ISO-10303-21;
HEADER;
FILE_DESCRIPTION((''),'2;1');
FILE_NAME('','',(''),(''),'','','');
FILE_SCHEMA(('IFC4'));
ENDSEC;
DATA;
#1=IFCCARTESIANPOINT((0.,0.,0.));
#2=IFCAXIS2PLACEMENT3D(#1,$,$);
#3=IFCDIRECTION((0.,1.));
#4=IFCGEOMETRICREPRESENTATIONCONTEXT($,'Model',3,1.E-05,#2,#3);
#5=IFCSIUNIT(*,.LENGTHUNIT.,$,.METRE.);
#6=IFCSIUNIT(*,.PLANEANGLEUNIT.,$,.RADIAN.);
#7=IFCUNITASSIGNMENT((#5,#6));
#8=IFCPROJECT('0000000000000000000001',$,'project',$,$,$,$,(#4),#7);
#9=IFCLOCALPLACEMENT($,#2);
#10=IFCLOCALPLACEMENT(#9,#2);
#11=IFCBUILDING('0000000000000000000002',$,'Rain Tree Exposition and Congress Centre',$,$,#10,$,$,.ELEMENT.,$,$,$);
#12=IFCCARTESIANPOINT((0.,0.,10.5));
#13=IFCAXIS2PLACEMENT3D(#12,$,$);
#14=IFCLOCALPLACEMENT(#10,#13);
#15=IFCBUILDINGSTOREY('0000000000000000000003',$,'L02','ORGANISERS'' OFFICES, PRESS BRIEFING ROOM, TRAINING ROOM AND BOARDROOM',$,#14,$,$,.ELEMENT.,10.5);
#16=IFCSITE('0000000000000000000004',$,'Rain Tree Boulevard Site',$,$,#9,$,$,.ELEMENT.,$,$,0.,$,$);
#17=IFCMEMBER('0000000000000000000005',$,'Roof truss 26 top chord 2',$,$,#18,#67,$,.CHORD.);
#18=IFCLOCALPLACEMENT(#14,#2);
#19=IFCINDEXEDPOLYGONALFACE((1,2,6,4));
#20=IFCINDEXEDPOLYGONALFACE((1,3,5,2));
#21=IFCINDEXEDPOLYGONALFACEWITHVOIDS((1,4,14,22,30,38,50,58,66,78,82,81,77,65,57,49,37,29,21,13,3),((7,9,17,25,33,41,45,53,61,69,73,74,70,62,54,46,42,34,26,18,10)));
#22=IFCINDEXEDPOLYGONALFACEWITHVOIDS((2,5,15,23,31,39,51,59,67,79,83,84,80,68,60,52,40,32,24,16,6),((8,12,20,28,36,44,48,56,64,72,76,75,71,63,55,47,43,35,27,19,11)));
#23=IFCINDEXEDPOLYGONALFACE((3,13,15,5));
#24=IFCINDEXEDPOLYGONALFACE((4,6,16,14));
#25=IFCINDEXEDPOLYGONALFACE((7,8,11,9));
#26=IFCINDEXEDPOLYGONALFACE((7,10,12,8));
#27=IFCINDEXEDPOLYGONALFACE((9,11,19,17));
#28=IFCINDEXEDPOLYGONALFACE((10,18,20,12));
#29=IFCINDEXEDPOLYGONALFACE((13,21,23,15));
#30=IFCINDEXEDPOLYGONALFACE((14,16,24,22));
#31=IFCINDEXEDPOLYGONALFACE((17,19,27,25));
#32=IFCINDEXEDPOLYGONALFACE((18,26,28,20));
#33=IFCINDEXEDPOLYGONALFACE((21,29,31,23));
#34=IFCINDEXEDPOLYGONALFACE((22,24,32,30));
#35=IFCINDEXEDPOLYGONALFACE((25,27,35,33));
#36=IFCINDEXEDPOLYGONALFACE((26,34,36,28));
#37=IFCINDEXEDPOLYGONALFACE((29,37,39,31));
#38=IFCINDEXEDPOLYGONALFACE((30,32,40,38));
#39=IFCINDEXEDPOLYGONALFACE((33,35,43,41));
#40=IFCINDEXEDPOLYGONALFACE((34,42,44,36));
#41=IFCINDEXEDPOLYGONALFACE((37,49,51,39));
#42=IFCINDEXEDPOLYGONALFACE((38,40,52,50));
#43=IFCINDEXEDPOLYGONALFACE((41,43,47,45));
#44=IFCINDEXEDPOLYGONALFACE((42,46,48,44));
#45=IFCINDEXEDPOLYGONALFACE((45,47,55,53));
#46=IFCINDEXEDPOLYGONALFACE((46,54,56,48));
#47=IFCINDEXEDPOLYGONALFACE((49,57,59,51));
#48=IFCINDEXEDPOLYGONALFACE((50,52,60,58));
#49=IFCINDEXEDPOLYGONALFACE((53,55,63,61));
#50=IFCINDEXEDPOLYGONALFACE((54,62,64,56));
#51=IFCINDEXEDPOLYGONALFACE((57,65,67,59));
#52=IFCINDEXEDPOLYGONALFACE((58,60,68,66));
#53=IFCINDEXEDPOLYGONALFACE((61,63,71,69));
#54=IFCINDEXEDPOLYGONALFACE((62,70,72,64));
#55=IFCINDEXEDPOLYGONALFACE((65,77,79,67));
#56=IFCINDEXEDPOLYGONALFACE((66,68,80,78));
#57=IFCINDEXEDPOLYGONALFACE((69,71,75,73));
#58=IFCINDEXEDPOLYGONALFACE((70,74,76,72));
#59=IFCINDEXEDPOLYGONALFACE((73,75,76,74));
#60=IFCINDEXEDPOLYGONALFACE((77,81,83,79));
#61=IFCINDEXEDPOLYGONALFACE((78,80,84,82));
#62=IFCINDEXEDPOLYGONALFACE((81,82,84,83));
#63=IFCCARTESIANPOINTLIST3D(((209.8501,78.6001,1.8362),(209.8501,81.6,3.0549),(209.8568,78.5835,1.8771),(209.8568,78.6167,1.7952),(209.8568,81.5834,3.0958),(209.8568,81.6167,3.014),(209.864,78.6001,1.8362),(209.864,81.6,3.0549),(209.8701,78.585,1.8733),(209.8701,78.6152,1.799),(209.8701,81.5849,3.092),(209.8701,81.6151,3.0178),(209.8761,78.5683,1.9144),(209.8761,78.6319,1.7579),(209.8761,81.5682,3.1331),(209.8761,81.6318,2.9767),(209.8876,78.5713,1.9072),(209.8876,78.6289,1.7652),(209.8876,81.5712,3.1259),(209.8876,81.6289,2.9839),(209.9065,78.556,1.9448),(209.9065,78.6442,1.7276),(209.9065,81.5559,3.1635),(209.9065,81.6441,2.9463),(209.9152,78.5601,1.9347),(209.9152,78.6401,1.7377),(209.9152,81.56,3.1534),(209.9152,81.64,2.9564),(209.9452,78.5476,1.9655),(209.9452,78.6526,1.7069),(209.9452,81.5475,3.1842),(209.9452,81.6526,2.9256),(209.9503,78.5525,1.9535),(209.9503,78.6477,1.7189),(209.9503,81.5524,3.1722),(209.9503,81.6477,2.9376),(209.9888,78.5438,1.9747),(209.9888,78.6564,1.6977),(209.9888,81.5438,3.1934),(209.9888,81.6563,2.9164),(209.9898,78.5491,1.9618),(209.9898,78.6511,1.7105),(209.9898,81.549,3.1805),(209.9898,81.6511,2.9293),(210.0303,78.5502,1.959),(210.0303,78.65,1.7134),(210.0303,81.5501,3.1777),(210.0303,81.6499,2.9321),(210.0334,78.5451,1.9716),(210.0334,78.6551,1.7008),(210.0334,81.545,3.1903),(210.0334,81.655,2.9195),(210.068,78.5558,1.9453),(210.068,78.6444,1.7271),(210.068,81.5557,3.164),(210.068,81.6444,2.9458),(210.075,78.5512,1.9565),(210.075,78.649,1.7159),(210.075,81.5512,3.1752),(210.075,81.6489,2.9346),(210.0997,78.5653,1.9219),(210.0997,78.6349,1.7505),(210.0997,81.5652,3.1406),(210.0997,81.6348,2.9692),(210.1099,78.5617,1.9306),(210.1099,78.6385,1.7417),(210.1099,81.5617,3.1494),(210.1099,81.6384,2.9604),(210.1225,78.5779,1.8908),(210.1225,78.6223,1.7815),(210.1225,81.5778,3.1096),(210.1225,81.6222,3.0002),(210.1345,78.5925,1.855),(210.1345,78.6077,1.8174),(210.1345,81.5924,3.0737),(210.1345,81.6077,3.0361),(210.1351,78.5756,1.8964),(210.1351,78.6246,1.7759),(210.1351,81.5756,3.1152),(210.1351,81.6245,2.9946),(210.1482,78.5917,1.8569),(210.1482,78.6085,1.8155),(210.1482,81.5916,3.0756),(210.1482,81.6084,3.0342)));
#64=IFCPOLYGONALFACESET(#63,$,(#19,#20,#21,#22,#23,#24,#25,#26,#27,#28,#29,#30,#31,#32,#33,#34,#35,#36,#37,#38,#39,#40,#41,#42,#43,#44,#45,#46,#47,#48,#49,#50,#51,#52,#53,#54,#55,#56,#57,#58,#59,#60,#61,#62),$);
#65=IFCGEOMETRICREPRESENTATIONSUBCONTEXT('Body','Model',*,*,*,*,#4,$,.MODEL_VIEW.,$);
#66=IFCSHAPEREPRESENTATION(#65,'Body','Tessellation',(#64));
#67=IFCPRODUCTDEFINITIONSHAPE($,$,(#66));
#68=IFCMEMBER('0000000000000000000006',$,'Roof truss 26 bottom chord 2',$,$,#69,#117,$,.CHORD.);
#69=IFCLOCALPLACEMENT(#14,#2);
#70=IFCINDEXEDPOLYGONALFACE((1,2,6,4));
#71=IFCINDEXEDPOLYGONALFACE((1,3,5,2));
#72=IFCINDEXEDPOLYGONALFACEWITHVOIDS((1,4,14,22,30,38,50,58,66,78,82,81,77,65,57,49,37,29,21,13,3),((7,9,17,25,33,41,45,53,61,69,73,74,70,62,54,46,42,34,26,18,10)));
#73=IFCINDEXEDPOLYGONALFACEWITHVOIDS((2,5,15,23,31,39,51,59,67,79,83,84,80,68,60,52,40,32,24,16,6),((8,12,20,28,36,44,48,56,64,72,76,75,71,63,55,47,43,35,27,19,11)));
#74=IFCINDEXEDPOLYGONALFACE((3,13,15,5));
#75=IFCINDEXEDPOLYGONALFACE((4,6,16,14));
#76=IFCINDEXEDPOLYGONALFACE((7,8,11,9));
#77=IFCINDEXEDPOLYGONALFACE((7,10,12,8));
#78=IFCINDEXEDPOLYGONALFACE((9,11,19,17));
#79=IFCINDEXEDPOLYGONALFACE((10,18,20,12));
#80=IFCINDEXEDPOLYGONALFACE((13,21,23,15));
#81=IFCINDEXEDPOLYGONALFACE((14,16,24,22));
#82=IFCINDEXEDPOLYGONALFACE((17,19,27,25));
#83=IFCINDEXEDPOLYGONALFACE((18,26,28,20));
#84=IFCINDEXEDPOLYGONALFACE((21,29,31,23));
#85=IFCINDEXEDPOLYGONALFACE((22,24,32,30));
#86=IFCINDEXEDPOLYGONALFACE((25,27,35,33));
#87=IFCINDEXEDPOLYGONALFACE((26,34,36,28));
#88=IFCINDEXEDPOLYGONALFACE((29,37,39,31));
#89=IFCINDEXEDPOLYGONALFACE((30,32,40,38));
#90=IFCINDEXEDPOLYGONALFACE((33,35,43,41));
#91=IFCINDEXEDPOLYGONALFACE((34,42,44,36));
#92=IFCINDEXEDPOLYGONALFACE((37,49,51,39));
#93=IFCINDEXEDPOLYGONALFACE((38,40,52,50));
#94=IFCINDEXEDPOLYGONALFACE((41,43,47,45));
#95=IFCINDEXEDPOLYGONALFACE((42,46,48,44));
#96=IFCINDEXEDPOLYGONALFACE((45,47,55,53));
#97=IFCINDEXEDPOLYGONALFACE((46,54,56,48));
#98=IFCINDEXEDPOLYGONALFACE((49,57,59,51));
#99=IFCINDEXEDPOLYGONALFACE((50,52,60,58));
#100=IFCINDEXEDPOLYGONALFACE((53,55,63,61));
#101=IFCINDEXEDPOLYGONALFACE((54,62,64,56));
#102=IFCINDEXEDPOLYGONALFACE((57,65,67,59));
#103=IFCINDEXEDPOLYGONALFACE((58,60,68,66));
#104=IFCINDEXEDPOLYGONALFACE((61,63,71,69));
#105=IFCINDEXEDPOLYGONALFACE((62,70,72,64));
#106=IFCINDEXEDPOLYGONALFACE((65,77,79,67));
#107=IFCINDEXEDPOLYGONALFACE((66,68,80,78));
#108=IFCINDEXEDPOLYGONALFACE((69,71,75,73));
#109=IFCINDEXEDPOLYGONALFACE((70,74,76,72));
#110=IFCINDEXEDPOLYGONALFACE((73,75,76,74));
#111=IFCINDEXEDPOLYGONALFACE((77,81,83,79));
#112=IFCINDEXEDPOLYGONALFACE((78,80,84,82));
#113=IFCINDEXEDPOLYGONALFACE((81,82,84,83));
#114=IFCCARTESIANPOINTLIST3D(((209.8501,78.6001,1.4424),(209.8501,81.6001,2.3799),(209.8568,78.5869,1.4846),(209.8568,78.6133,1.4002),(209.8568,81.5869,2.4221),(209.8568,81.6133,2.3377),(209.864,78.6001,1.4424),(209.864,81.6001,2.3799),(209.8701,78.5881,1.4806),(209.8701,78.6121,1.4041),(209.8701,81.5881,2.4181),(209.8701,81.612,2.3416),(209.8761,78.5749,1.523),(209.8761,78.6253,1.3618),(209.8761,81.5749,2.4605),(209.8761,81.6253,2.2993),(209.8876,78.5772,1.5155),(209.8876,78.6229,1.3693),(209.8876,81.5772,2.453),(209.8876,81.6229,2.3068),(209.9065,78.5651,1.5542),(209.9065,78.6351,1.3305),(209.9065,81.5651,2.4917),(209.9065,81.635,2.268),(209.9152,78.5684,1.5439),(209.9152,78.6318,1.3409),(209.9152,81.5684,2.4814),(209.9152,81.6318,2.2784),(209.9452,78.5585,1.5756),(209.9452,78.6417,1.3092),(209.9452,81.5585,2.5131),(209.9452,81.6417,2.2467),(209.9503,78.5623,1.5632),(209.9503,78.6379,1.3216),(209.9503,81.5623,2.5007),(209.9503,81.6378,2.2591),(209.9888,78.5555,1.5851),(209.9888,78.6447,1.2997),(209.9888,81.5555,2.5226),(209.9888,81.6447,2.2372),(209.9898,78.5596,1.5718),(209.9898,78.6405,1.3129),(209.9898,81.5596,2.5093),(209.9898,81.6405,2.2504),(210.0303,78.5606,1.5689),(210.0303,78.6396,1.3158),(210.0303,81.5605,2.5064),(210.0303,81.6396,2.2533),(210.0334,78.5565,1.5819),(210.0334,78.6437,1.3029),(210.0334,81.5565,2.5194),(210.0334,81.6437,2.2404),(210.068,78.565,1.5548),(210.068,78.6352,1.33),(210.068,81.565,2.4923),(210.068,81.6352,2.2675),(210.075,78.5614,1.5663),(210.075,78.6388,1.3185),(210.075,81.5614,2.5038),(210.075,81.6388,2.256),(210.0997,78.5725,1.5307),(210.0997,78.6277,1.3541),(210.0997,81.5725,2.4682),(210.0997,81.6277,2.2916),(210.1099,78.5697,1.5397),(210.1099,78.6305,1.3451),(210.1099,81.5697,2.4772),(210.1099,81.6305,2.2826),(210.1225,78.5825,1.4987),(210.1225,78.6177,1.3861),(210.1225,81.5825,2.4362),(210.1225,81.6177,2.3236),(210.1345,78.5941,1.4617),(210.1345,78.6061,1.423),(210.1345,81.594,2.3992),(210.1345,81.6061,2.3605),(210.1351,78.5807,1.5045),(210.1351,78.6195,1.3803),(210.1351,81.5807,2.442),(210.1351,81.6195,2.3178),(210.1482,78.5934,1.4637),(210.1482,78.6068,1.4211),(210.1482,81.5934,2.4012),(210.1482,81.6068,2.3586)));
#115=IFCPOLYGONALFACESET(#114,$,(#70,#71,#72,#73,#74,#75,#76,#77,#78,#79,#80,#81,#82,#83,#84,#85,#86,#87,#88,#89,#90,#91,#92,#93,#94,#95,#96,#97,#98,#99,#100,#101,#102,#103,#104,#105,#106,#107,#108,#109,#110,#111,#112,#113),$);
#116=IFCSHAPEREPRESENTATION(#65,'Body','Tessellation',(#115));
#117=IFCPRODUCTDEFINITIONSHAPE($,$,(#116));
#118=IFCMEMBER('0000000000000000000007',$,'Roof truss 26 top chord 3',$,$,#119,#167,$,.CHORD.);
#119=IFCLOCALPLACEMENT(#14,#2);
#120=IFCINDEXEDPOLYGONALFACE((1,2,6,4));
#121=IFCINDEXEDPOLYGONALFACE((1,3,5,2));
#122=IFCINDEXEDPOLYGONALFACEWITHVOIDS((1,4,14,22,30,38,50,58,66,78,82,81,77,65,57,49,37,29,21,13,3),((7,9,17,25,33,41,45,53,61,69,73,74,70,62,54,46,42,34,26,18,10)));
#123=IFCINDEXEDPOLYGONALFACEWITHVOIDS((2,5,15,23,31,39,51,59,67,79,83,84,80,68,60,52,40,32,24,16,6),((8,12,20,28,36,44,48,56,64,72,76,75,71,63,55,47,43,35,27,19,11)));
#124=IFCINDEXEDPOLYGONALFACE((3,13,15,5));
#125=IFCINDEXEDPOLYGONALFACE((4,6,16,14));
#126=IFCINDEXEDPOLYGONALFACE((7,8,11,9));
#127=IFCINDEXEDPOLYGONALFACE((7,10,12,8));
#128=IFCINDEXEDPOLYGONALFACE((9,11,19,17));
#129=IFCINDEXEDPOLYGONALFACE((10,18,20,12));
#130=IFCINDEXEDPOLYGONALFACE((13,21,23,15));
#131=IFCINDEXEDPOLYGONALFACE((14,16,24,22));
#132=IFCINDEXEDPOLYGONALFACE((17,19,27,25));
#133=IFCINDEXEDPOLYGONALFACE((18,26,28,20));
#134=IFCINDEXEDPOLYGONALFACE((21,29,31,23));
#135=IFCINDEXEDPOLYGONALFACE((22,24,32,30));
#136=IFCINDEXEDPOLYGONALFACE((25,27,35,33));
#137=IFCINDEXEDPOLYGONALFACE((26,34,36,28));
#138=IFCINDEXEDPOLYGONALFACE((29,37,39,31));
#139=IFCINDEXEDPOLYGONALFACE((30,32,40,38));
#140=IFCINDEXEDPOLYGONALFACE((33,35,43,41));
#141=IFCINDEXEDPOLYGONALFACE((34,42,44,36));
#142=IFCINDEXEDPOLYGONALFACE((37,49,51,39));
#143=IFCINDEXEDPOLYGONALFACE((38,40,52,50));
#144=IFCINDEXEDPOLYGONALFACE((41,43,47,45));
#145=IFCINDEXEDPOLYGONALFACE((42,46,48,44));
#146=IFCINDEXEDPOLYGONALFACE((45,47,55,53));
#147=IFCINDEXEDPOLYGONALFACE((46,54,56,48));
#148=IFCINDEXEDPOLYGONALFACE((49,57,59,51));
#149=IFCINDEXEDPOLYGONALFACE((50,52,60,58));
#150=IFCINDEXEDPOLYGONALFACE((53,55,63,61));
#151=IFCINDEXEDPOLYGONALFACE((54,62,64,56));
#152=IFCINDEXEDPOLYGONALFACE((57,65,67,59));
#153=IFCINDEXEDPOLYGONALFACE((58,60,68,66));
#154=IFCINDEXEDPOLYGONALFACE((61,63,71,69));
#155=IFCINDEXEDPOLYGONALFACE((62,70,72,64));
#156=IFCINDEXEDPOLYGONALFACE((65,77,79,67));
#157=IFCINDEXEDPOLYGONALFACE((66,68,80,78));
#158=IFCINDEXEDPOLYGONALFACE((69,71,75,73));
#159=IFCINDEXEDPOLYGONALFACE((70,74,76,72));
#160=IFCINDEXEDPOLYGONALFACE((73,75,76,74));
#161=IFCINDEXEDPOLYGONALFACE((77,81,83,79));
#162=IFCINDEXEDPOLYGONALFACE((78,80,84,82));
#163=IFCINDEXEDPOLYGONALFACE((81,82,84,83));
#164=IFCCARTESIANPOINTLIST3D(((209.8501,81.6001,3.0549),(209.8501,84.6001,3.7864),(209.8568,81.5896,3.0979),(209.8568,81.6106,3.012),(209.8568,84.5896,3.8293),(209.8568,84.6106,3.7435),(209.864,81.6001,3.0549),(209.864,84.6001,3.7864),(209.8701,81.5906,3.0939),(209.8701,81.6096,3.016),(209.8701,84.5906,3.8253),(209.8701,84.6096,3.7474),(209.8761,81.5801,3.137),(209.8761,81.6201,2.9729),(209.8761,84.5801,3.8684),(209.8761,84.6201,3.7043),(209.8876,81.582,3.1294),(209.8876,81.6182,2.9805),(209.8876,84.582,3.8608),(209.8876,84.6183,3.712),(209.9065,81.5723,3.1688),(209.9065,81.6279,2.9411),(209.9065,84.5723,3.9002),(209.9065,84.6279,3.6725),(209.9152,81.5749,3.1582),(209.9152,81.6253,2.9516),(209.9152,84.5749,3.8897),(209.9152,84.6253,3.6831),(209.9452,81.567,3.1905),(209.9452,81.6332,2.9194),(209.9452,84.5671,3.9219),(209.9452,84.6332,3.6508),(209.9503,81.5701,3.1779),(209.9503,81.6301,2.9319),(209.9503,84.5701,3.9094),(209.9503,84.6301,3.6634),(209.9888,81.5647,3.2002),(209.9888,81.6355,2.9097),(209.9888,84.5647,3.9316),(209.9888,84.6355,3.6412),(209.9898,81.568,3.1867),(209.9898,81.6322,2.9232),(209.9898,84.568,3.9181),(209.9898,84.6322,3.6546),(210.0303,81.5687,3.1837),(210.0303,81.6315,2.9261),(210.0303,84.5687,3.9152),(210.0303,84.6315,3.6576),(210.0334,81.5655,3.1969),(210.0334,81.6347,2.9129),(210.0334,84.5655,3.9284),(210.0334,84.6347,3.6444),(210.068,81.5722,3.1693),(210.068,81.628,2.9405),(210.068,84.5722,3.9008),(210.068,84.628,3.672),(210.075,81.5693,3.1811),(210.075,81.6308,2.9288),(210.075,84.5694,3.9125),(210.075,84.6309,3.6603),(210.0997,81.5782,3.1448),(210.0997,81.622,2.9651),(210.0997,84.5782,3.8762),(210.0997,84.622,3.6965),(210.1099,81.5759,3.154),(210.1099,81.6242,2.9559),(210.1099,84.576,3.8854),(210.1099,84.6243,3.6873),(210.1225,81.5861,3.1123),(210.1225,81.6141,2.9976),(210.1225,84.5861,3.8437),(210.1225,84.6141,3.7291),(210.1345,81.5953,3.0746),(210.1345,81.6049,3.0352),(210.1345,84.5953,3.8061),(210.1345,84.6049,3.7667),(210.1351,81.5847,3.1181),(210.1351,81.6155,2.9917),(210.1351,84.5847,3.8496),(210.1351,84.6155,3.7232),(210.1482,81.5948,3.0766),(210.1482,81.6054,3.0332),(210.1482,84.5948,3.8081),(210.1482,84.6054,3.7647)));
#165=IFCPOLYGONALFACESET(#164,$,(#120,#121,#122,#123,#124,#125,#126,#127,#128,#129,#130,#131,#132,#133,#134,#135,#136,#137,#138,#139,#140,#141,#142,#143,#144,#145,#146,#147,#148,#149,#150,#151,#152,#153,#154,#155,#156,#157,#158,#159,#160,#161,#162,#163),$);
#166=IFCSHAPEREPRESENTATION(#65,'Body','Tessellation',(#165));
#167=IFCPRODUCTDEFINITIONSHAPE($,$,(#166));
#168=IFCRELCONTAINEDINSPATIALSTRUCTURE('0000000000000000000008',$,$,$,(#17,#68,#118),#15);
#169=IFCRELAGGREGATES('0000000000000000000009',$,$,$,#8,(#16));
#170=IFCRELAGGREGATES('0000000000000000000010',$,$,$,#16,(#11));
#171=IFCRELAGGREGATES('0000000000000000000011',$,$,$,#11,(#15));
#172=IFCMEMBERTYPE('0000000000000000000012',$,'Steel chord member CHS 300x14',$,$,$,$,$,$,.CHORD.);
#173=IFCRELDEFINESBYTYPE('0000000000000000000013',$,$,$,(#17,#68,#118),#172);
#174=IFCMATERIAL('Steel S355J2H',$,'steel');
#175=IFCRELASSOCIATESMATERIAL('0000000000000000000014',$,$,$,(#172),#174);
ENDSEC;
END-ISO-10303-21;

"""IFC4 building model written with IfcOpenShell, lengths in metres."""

from ifc_helpers import new_model, si_unit, direction, frame, origin, origin_2d, place, context, subcontext, project, spatial, hollow_circle, extrude, material, material_profile, profile_set, type_object, element, save


model = new_model("IFC4")

# Units and contexts
model_context = context("Model", 3, precision=1e-05, world=origin(), true_north=direction((0.0, 1.0)))
body_context = subcontext(model_context, "Body", "Model", "MODEL_VIEW")
ifc_project = project(units=[si_unit("LENGTHUNIT", "METRE"), si_unit("PLANEANGLEUNIT", "RADIAN")], contexts=[model_context])

# Site, building, storey
site_placement = place(None, origin())
site = spatial("IfcSite", under=ifc_project, at=site_placement, Name="Rain Tree Boulevard Site", CompositionType="ELEMENT", RefElevation=0.0)
building_placement = place(site_placement, origin())
building = spatial("IfcBuilding", under=site, at=building_placement, Name="Rain Tree Exposition and Congress Centre", CompositionType="ELEMENT")
storey_placement = place(building_placement, frame((0.0, 0.0, 10.5)))
storey = spatial("IfcBuildingStorey", under=building, at=storey_placement, Name="L02", Description="ORGANISERS' OFFICES, PRESS BRIEFING ROOM, TRAINING ROOM AND BOARDROOM", CompositionType="ELEMENT", Elevation=10.5)

# Members
ifc_material_1 = material(Name="Steel S355J2H", Category="steel")
ifc_material_profile_1 = material_profile(ifc_material_1, hollow_circle(Radius=0.1499, WallThickness=0.0139, at=origin_2d()), Name="CHS 300x14")
ifc_profile_set_1 = profile_set([ifc_material_profile_1], Name="Steel S355J2H")
member_type_1 = type_object("IfcMemberType", Name="Steel chord member CHS 300x14", PredefinedType="CHORD", material=ifc_profile_set_1)
member_1_placement = place(storey_placement, frame((210.0, 78.6001, 1.8362), z_axis=(0.0, 0.926467, 0.376377), x_axis=(-1.0, 0.0, 0.0)))
element("IfcMember", 1, at=member_1_placement, inside=storey, type_object=member_type_1, Name="Roof truss 26 top chord 2", PredefinedType="CHORD", context=body_context, shape_type="SweptSolid", body=[
    extrude(hollow_circle(Radius=0.1499, WallThickness=0.0139, at=origin_2d()), origin(), (0.0, 0.0, 1.0), 3.238),
])
member_2_placement = place(storey_placement, frame((210.0, 78.6001, 1.4424), z_axis=(0.0, 0.95448, 0.298275), x_axis=(-1.0, 0.0, 0.0)))
element("IfcMember", 2, at=member_2_placement, inside=storey, type_object=member_type_1, Name="Roof truss 26 bottom chord 2", PredefinedType="CHORD", context=body_context, shape_type="SweptSolid", body=[
    extrude(hollow_circle(Radius=0.1499, WallThickness=0.0139, at=origin_2d()), origin(), (0.0, 0.0, 1.0), 3.1431),
])
member_3_placement = place(storey_placement, frame((210.0, 81.6001, 3.0549), z_axis=(0.0, 0.97154, 0.236876), x_axis=(-1.0, 0.0, 0.0)))
element("IfcMember", 3, at=member_3_placement, inside=storey, type_object=member_type_1, Name="Roof truss 26 top chord 3", PredefinedType="CHORD", context=body_context, shape_type="SweptSolid", body=[
    extrude(hollow_circle(Radius=0.1499, WallThickness=0.0139, at=origin_2d()), origin(), (0.0, 0.0, 1.0), 3.0879),
])

save(model, "model.ifc")
